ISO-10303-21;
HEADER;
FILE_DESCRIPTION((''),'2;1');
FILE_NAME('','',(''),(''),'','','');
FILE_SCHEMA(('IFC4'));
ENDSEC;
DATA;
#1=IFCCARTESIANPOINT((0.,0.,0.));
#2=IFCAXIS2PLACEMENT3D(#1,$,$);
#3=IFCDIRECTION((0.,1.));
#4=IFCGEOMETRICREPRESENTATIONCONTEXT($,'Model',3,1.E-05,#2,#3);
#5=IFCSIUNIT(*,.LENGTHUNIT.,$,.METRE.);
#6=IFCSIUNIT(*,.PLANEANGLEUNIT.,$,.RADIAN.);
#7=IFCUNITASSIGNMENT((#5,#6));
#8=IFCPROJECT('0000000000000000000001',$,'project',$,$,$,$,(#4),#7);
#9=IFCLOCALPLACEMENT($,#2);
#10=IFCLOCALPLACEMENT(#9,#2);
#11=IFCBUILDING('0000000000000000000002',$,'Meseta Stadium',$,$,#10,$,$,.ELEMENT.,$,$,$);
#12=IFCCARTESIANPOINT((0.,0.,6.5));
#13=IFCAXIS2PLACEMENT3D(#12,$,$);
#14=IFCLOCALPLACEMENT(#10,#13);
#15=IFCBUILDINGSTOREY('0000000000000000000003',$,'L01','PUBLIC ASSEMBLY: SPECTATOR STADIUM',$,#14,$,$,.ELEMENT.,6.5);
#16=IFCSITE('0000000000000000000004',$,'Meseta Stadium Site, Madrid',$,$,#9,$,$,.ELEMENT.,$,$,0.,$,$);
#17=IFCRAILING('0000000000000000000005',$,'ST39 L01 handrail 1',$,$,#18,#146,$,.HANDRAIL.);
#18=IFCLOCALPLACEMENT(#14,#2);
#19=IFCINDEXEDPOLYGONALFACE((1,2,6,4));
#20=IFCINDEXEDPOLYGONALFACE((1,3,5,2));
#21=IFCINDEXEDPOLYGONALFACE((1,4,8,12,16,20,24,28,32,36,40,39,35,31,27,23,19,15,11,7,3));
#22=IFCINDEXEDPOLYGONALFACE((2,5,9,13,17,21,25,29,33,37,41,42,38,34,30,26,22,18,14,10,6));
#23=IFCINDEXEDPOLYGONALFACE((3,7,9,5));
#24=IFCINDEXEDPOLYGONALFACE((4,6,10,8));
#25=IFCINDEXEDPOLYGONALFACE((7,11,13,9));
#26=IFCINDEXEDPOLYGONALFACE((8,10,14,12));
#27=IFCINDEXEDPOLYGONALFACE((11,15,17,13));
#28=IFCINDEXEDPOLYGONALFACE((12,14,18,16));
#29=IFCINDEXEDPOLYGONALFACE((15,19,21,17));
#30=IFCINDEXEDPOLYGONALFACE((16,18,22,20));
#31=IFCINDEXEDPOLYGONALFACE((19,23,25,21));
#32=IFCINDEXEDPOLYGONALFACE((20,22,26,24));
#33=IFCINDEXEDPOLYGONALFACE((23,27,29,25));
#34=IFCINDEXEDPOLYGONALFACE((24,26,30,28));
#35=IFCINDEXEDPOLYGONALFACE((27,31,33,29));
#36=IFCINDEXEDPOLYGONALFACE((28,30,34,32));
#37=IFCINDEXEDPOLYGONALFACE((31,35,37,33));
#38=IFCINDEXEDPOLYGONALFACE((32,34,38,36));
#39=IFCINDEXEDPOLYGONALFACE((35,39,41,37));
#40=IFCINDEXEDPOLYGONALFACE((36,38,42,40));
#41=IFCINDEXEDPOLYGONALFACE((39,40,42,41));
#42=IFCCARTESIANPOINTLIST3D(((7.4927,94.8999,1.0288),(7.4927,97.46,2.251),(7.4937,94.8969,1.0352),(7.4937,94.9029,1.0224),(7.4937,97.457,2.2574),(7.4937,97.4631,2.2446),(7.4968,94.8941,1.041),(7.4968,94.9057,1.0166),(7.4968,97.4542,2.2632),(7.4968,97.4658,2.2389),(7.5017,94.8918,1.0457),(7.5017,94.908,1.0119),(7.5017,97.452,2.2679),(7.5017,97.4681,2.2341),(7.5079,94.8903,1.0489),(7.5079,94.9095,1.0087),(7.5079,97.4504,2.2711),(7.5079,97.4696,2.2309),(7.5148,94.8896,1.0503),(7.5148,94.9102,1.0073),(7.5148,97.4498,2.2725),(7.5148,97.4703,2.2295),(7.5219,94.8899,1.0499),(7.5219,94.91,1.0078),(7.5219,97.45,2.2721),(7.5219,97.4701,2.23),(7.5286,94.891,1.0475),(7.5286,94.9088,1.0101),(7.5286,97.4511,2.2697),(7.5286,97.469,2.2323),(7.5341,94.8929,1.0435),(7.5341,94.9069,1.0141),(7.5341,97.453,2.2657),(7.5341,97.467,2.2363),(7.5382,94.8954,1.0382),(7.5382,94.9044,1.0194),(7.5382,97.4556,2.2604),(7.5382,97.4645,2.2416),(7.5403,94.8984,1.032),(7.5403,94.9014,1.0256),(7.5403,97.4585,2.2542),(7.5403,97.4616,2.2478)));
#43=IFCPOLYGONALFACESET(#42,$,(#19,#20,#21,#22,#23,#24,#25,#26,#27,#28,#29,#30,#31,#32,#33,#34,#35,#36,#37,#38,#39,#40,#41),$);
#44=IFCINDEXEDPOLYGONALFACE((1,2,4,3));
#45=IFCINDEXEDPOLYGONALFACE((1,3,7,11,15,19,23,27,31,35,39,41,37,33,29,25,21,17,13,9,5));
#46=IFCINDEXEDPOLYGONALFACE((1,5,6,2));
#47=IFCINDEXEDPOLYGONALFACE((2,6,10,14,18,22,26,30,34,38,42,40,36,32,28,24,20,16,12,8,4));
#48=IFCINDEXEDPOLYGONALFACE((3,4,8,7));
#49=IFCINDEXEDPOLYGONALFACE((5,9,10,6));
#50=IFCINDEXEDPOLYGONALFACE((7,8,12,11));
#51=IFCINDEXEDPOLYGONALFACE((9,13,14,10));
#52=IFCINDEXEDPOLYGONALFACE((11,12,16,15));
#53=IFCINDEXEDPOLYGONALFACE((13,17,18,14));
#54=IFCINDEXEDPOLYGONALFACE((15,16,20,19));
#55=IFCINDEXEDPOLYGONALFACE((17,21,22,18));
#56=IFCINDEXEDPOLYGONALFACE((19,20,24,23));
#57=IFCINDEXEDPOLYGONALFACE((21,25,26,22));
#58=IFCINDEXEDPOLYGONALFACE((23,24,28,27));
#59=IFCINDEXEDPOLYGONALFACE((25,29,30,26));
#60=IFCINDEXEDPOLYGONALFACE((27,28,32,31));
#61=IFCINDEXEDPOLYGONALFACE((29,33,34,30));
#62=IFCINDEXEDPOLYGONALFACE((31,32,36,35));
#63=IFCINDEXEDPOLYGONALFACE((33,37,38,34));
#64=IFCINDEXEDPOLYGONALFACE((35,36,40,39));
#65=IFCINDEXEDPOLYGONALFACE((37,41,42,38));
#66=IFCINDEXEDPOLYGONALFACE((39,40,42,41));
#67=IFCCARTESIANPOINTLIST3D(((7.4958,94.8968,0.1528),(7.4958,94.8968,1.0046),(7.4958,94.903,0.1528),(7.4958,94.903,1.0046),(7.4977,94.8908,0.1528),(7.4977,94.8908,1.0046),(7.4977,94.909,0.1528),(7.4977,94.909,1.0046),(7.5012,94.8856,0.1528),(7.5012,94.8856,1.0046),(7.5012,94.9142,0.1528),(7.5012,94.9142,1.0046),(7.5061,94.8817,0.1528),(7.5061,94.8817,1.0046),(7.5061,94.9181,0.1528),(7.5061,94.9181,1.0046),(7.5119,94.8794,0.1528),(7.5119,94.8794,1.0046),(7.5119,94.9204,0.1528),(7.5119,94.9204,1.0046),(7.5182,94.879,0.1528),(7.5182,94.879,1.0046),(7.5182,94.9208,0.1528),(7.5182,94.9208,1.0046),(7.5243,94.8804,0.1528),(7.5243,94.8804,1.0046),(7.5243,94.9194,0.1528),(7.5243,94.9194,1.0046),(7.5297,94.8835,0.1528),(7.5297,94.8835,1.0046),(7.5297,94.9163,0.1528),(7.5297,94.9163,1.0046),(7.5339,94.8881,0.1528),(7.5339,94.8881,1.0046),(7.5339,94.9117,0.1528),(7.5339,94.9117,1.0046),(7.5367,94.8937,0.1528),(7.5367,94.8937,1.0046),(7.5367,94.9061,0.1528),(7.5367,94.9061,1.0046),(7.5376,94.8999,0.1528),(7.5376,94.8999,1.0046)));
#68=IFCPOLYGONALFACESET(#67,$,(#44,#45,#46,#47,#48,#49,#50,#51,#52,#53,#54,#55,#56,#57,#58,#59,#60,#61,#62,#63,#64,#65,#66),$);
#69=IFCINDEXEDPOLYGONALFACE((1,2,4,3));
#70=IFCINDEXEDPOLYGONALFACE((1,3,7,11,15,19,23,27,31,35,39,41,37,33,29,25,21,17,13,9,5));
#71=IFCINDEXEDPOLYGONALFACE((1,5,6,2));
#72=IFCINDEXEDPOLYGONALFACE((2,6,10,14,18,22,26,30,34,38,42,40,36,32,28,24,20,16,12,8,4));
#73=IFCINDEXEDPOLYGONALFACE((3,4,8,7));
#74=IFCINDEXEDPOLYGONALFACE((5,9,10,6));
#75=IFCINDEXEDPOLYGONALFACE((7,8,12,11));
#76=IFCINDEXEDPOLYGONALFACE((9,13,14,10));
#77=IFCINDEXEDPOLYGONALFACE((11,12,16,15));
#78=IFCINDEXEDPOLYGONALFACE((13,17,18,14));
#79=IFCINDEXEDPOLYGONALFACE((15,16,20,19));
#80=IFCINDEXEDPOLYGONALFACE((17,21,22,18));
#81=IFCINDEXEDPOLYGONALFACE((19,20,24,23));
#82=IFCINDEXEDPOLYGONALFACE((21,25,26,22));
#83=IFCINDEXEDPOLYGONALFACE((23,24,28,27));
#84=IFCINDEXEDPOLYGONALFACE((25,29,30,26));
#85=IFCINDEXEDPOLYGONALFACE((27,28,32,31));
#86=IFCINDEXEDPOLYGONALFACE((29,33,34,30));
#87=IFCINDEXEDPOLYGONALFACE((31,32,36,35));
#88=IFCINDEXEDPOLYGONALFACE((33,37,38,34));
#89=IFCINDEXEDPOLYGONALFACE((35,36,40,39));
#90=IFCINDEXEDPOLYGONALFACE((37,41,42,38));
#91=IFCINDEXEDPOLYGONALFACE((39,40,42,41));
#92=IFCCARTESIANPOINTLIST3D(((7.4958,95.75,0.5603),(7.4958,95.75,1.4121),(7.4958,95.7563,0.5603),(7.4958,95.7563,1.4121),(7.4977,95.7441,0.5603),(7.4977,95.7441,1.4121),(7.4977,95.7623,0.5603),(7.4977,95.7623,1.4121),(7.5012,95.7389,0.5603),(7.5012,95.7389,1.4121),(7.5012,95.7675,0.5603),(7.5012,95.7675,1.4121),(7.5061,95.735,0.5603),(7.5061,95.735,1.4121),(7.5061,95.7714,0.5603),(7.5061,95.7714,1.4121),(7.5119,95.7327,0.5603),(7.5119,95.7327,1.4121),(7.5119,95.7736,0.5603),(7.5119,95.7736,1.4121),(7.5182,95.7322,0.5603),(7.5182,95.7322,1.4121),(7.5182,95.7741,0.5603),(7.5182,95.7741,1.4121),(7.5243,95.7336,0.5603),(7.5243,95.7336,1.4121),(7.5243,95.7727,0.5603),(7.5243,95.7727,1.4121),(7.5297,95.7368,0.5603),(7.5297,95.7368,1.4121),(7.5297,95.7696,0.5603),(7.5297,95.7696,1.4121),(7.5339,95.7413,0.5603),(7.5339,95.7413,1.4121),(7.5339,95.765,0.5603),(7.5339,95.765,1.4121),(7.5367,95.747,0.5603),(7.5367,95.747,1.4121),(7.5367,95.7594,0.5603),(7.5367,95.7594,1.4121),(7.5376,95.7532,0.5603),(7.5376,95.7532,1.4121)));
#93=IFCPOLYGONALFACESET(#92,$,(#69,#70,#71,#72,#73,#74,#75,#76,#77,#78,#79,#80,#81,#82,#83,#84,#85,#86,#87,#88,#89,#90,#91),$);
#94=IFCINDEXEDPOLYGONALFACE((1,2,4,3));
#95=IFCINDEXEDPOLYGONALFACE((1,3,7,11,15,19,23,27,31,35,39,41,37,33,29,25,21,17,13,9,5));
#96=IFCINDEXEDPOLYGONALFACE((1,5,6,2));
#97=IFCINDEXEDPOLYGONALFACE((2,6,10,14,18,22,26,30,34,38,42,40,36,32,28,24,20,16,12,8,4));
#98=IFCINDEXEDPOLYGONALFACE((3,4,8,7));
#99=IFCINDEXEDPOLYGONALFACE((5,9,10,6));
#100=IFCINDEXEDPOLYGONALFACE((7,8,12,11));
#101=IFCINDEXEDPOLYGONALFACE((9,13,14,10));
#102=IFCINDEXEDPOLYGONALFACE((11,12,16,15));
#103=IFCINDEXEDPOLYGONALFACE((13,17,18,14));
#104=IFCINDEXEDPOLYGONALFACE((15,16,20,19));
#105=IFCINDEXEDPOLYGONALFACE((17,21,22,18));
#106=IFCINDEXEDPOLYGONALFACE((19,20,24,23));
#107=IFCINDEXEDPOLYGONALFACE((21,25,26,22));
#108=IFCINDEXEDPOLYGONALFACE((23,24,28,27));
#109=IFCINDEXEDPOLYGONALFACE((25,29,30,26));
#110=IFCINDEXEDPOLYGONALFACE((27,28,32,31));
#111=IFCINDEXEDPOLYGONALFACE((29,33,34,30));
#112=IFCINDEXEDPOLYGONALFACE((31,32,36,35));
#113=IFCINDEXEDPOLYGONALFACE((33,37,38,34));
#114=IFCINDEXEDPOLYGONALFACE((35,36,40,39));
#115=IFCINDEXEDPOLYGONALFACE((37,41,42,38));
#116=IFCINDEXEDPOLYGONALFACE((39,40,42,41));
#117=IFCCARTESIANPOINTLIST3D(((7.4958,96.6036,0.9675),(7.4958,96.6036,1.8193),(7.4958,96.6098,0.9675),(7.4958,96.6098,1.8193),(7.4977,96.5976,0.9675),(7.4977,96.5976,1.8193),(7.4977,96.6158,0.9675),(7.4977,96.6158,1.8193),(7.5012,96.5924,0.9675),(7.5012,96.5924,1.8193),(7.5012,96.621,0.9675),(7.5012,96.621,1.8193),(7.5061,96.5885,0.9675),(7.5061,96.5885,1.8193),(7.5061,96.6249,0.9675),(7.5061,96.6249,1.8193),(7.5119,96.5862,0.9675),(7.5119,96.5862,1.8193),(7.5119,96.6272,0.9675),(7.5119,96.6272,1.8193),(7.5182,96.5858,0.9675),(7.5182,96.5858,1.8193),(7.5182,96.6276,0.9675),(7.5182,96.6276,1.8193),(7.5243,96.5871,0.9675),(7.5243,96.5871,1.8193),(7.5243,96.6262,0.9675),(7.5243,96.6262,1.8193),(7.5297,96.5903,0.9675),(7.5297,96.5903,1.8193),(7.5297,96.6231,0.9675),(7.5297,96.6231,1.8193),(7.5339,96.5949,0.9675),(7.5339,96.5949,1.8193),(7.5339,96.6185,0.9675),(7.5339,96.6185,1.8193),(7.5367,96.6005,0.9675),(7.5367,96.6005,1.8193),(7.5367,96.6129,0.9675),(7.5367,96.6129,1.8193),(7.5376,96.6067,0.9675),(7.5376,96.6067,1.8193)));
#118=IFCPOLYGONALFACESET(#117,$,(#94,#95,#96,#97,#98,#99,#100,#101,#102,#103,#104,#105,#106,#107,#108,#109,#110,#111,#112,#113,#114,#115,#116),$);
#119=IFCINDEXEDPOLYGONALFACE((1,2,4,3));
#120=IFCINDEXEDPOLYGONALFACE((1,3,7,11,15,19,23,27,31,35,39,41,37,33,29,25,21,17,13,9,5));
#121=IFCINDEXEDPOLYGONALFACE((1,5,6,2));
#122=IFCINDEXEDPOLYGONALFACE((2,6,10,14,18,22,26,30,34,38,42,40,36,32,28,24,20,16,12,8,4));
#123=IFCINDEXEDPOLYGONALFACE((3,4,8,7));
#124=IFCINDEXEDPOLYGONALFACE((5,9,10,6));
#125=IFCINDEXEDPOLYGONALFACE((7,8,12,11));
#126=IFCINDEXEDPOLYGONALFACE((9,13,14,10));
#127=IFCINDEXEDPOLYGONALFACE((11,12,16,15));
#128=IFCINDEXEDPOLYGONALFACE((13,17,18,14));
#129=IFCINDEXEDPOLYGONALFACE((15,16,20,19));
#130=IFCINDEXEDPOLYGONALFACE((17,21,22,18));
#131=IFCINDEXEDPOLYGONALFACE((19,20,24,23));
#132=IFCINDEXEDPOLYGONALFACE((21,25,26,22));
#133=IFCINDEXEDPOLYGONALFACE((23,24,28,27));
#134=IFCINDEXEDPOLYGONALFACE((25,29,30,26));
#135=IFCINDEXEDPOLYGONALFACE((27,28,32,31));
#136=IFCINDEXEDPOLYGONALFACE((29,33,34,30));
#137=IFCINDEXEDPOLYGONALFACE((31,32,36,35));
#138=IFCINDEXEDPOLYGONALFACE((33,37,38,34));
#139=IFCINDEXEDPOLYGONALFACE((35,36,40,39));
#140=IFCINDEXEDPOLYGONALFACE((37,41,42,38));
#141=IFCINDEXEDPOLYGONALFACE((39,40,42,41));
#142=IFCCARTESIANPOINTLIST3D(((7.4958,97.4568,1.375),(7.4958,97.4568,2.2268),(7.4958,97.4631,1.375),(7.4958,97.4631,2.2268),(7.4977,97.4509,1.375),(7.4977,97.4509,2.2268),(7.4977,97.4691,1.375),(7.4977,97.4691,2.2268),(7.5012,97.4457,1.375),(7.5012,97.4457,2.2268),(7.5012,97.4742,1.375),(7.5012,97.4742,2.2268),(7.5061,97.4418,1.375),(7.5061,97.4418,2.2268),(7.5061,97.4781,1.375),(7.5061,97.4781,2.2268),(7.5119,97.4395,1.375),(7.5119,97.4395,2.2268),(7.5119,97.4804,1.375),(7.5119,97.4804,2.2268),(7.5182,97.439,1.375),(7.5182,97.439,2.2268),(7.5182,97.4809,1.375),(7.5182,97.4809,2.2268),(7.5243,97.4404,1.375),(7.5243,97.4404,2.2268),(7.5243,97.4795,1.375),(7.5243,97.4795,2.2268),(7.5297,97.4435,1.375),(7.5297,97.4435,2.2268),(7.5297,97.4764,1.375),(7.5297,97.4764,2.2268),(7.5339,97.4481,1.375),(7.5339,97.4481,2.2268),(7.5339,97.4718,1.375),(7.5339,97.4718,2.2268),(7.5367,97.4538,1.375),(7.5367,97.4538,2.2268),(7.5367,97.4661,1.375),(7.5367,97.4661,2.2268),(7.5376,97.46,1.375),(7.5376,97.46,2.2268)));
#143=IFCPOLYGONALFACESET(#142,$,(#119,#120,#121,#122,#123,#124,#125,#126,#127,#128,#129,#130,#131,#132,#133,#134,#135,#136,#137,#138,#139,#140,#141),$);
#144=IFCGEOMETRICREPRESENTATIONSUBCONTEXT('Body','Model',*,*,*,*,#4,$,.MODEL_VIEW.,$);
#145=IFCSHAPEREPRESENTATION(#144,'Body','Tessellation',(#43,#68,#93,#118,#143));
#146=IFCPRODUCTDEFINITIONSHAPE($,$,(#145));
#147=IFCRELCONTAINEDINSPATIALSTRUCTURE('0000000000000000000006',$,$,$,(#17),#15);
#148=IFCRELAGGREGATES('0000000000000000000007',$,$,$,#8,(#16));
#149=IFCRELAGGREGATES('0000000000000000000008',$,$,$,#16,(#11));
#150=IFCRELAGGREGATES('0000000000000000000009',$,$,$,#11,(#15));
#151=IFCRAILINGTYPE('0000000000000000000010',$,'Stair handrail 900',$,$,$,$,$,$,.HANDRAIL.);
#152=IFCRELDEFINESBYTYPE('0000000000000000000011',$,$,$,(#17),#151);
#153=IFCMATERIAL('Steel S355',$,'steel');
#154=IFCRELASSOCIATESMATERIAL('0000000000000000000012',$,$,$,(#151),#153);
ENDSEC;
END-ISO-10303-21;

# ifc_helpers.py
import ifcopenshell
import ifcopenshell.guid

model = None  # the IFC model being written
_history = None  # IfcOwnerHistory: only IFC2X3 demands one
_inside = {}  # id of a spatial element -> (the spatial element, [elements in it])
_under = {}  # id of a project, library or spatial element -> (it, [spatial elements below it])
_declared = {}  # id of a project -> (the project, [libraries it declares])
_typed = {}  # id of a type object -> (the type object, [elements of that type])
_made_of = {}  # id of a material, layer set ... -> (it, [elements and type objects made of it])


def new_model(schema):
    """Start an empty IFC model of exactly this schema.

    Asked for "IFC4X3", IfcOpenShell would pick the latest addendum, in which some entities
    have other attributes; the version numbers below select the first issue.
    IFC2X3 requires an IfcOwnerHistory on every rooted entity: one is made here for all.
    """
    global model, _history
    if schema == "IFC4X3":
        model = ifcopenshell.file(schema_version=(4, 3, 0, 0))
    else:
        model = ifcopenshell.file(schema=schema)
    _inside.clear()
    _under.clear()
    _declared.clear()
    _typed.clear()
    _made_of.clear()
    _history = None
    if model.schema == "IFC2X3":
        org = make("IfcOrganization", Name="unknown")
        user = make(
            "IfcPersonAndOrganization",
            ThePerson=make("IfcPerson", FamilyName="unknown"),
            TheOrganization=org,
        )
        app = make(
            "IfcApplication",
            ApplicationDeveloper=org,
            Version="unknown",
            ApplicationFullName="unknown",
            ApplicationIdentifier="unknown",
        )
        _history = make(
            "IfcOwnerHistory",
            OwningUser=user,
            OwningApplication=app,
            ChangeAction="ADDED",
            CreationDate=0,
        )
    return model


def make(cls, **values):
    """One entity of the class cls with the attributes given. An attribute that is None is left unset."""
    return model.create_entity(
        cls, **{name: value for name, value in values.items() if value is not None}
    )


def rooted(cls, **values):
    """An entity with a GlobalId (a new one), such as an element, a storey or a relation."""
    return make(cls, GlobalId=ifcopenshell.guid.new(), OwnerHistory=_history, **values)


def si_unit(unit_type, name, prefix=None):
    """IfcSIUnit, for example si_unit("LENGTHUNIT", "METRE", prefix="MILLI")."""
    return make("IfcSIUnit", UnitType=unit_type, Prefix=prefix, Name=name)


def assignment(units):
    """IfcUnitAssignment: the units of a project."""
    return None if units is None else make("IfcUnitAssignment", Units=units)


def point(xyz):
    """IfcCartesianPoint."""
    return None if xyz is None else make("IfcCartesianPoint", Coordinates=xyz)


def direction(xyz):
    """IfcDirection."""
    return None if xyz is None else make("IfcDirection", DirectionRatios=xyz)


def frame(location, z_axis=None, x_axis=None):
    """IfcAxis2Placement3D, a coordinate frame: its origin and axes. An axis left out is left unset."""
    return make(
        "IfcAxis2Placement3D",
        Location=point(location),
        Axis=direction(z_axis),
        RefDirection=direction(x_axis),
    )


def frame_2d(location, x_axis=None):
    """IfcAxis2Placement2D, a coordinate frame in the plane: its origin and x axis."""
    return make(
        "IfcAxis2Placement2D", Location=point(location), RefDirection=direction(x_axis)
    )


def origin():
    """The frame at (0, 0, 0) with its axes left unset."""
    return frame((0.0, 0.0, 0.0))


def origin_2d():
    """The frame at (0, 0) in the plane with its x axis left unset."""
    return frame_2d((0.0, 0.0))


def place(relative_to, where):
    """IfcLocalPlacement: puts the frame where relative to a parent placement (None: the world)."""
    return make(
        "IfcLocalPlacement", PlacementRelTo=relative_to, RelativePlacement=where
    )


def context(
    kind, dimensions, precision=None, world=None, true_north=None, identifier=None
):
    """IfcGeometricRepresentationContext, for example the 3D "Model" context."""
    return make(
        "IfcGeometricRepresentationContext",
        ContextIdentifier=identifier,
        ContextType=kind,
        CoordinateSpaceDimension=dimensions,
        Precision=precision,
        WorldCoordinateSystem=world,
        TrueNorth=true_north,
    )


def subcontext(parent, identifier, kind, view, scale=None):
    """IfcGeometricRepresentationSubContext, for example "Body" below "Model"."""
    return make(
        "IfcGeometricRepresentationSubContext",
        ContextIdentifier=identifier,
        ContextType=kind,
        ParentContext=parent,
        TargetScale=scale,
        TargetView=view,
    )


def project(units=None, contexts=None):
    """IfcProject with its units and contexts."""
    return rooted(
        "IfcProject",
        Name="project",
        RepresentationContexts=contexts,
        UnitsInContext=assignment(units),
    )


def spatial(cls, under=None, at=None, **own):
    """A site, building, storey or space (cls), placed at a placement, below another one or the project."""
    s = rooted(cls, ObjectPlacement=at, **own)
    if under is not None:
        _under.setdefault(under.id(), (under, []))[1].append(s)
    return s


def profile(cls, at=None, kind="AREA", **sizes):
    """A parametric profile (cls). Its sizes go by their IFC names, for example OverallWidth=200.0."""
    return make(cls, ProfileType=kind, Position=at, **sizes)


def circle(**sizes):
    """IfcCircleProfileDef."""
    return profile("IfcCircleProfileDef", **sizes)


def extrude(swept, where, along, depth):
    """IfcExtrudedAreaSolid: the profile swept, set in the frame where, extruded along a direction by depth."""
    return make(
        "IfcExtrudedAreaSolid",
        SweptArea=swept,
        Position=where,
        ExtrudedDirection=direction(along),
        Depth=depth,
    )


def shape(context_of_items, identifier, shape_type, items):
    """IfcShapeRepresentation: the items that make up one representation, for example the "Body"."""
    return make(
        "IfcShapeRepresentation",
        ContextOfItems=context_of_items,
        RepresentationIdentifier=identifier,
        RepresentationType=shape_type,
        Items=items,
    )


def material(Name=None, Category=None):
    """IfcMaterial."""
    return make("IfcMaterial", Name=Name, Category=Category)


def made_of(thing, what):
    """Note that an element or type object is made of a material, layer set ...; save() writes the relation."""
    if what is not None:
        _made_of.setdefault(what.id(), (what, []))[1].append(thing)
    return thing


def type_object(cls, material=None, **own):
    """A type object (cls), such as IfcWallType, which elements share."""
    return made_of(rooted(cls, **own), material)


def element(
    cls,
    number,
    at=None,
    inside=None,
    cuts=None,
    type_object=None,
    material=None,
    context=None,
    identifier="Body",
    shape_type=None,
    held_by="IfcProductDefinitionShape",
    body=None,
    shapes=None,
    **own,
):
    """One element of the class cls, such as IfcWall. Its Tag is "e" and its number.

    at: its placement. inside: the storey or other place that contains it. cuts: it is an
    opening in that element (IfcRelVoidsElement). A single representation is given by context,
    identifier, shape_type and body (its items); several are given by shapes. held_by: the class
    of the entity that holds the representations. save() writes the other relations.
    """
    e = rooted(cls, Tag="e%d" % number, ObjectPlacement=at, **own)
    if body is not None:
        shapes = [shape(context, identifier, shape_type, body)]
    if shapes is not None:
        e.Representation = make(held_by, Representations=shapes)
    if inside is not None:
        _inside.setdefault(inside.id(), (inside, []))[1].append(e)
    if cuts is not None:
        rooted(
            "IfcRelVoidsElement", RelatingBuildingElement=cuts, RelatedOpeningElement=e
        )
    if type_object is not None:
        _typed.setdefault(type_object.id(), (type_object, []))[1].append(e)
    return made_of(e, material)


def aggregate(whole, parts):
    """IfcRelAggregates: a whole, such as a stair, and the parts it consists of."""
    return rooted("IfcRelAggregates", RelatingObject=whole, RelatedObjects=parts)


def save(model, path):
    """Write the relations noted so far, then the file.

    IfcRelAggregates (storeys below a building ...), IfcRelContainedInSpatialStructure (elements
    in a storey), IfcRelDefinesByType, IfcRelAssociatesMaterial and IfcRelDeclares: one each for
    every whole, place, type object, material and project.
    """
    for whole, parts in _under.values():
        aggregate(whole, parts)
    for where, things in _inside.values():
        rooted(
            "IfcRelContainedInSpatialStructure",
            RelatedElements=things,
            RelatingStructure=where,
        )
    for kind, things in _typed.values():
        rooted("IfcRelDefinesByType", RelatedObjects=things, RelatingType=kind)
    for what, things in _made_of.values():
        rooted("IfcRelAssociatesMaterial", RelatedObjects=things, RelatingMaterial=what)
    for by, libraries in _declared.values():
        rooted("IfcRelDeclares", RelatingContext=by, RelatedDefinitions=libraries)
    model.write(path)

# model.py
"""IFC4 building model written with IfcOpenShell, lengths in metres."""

from ifc_helpers import new_model, si_unit, direction, frame, origin, origin_2d, place, context, subcontext, project, spatial, circle, extrude, material, type_object, element, save


model = new_model("IFC4")

# Units and contexts
model_context = context("Model", 3, precision=1e-05, world=origin(), true_north=direction((0.0, 1.0)))
body_context = subcontext(model_context, "Body", "Model", "MODEL_VIEW")
ifc_project = project(units=[si_unit("LENGTHUNIT", "METRE"), si_unit("PLANEANGLEUNIT", "RADIAN")], contexts=[model_context])

# Site, building, storey
site_placement = place(None, origin())
site = spatial("IfcSite", under=ifc_project, at=site_placement, Name="Meseta Stadium Site, Madrid", CompositionType="ELEMENT", RefElevation=0.0)
building_placement = place(site_placement, origin())
building = spatial("IfcBuilding", under=site, at=building_placement, Name="Meseta Stadium", CompositionType="ELEMENT")
storey_placement = place(building_placement, frame((0.0, 0.0, 6.5)))
storey = spatial("IfcBuildingStorey", under=building, at=storey_placement, Name="L01", Description="PUBLIC ASSEMBLY: SPECTATOR STADIUM", CompositionType="ELEMENT", Elevation=6.5)

# Railing
ifc_material_1 = material(Name="Steel S355", Category="steel")
railing_type_1 = type_object("IfcRailingType", Name="Stair handrail 900", PredefinedType="HANDRAIL", material=ifc_material_1)
railing_1_placement = place(storey_placement, frame((7.5166, 94.8999, 0.1528)))
element("IfcRailing", 1, at=railing_1_placement, inside=storey, type_object=railing_type_1, Name="ST39 L01 handrail 1", PredefinedType="HANDRAIL", context=body_context, shape_type="SweptSolid", body=[
    extrude(circle(Radius=0.0239, at=origin_2d()), frame((0.0, 0.0, 0.876), z_axis=(0.0, 0.902437, 0.430822), x_axis=(-1.0, 0.0, 0.0)), (0.0, 0.0, 1.0), 2.8369),
    extrude(circle(Radius=0.021, at=origin_2d()), origin(), (0.0, 0.0, 1.0), 0.8518),
    extrude(circle(Radius=0.021, at=origin_2d()), frame((0.0, 0.8533, 0.4075)), (0.0, 0.0, 1.0), 0.8518),
    extrude(circle(Radius=0.021, at=origin_2d()), frame((0.0, 1.7068, 0.8147)), (0.0, 0.0, 1.0), 0.8518),
    extrude(circle(Radius=0.021, at=origin_2d()), frame((0.0, 2.5601, 1.2222)), (0.0, 0.0, 1.0), 0.8518),
])

save(model, "model.ifc")
